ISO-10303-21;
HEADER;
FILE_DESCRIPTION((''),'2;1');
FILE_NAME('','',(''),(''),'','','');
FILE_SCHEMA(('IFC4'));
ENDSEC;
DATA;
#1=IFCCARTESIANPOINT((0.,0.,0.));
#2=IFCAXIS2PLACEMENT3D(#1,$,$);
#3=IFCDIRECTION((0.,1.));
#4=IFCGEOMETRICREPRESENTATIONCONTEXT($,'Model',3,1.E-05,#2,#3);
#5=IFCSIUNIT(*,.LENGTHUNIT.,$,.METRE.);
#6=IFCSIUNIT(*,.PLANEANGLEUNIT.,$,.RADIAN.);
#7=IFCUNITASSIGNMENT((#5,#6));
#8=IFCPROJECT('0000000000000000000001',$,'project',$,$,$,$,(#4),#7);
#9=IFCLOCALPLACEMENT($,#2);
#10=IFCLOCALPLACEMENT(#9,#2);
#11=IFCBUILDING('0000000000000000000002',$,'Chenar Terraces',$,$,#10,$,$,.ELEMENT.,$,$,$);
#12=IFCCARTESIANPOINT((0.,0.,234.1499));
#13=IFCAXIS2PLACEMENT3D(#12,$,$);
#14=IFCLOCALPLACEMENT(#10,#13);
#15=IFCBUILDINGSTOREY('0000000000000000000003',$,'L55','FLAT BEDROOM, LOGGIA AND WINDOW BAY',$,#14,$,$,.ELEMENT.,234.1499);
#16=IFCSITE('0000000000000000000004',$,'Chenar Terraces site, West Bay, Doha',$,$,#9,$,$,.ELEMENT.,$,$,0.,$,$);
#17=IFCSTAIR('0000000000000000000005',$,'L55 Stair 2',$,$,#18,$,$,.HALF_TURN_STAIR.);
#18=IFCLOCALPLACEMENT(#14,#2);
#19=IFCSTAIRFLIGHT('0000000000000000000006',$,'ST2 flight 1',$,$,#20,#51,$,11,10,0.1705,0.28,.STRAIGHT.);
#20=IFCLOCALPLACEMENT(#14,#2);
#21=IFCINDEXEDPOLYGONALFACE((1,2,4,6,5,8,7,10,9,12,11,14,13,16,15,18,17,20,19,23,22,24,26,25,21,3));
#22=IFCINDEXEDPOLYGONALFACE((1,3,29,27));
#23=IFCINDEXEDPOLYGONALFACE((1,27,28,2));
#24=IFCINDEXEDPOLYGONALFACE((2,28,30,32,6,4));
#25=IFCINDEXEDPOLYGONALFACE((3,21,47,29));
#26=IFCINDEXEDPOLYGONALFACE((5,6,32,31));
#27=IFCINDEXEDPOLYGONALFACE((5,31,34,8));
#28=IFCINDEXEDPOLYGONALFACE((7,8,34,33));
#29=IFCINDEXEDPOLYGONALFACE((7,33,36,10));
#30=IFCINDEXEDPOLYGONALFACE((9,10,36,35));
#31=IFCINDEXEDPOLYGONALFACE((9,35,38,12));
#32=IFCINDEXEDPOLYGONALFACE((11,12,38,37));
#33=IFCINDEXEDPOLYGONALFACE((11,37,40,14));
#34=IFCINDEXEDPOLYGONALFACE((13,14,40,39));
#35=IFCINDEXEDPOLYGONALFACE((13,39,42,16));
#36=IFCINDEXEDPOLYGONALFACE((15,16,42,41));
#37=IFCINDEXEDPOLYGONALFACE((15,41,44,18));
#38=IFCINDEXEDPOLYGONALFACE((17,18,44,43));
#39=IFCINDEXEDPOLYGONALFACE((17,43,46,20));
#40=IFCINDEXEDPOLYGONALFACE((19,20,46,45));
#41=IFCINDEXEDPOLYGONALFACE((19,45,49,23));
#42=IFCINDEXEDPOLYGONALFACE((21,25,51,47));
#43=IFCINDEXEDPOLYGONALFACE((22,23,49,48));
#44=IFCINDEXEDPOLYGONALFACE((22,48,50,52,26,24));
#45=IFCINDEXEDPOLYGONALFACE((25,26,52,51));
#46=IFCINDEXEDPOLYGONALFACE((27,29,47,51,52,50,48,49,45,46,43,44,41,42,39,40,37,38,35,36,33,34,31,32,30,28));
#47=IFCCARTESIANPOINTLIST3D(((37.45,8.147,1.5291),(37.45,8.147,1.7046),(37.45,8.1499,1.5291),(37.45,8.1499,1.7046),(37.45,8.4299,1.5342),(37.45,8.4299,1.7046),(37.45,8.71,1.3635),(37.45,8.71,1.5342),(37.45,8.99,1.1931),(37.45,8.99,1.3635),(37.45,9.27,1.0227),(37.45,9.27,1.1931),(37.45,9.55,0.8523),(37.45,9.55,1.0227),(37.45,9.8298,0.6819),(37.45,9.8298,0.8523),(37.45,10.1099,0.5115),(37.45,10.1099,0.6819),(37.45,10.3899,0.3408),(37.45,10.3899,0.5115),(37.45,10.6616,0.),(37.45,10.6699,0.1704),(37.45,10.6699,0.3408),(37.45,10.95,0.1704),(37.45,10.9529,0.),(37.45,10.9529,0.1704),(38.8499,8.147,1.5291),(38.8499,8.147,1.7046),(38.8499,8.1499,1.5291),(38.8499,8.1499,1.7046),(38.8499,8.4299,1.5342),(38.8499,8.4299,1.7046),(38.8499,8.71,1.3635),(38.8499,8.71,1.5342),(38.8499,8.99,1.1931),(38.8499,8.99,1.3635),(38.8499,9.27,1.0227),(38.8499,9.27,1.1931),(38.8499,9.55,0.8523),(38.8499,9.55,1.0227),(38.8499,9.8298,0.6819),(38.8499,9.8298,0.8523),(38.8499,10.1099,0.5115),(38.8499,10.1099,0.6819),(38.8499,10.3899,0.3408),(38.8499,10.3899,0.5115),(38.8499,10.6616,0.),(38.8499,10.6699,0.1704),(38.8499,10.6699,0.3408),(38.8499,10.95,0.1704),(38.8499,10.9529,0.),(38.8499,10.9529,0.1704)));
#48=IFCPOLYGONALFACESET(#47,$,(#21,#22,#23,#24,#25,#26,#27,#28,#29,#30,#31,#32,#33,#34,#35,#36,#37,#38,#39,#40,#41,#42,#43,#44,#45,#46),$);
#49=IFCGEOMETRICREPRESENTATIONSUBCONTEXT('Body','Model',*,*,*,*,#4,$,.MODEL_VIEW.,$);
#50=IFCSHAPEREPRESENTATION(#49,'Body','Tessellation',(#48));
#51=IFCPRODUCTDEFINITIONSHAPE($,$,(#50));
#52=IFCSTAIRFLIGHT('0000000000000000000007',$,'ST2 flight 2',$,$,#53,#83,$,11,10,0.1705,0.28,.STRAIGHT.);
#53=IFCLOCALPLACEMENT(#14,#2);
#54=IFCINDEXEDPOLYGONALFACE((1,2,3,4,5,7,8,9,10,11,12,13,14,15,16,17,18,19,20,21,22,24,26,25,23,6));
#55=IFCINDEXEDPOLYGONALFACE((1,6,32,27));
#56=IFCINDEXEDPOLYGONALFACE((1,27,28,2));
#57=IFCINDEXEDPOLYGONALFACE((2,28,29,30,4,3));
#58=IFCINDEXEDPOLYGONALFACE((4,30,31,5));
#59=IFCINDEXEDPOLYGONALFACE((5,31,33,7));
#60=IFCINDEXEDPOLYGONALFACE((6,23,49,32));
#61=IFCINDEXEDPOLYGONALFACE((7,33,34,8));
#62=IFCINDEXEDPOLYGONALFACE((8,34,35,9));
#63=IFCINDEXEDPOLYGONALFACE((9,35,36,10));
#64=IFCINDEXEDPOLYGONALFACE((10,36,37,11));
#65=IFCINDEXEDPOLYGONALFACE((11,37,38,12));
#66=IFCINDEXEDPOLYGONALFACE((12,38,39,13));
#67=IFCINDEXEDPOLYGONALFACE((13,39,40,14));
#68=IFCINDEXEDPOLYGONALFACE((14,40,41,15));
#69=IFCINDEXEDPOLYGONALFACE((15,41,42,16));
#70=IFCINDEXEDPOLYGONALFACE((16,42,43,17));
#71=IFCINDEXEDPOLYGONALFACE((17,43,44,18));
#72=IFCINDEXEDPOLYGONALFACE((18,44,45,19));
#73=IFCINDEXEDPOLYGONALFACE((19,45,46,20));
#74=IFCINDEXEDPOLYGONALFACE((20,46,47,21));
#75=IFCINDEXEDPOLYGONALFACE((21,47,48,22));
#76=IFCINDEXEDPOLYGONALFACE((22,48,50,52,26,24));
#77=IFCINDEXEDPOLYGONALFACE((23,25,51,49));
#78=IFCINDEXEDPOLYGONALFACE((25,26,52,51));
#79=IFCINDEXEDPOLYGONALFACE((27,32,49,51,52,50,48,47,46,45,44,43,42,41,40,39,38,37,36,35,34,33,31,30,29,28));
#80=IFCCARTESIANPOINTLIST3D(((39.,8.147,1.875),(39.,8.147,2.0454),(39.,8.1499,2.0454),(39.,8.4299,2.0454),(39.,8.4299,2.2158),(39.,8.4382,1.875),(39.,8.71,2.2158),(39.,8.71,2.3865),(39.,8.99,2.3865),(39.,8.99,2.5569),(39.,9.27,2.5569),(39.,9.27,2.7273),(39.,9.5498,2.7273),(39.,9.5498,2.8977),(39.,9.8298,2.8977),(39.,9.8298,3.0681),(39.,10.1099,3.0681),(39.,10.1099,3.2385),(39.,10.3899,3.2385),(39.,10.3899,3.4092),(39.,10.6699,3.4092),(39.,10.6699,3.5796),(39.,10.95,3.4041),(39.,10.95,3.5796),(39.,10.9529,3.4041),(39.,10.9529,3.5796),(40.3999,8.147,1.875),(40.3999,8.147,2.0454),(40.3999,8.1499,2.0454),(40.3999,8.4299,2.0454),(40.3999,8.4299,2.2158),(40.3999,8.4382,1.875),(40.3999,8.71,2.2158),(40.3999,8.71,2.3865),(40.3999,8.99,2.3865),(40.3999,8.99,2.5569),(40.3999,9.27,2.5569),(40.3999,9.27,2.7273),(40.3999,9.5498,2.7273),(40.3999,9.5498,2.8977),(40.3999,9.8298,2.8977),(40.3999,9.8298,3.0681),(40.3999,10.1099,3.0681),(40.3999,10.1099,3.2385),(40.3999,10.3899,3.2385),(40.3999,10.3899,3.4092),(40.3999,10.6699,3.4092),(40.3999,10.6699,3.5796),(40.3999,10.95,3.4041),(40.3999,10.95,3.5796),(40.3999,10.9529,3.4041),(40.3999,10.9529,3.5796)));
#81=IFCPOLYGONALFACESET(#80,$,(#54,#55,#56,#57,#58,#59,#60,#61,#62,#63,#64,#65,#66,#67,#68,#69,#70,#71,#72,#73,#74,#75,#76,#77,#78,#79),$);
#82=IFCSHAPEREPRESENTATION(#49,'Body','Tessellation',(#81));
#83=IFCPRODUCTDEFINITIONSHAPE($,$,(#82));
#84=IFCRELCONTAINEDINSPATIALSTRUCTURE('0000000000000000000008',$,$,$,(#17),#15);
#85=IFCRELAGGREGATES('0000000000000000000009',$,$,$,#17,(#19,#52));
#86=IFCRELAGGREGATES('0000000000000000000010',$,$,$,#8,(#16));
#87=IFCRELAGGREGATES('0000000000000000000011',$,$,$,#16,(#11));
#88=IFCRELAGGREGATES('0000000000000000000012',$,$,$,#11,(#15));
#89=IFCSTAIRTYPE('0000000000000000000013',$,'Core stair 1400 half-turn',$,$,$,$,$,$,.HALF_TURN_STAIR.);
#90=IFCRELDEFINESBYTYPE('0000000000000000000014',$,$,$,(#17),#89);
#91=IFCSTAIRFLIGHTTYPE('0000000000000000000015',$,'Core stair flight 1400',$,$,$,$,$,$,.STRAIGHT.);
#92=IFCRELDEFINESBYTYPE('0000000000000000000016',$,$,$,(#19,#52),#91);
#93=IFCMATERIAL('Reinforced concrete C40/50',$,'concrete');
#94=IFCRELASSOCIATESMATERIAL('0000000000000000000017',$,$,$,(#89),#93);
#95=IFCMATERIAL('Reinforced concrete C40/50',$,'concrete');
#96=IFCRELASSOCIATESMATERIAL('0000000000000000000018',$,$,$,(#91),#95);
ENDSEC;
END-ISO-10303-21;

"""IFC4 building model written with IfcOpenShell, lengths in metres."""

from ifc_helpers import new_model, si_unit, direction, frame, origin, place, context, subcontext, project, spatial, polyline, outline, extrude, material, type_object, element, aggregate, save


model = new_model("IFC4")

# Units and contexts
model_context = context("Model", 3, precision=1e-05, world=origin(), true_north=direction((0.0, 1.0)))
body_context = subcontext(model_context, "Body", "Model", "MODEL_VIEW")
ifc_project = project(units=[si_unit("LENGTHUNIT", "METRE"), si_unit("PLANEANGLEUNIT", "RADIAN")], contexts=[model_context])

# Site, building, storey
site_placement = place(None, origin())
site = spatial("IfcSite", under=ifc_project, at=site_placement, Name="Chenar Terraces site, West Bay, Doha", CompositionType="ELEMENT", RefElevation=0.0)
building_placement = place(site_placement, origin())
building = spatial("IfcBuilding", under=site, at=building_placement, Name="Chenar Terraces", CompositionType="ELEMENT")
storey_placement = place(building_placement, frame((0.0, 0.0, 234.1499)))
storey = spatial("IfcBuildingStorey", under=building, at=storey_placement, Name="L55", Description="FLAT BEDROOM, LOGGIA AND WINDOW BAY", CompositionType="ELEMENT", Elevation=234.1499)

# Stair, stair flights
ifc_material_1 = material(Name="Reinforced concrete C40/50", Category="concrete")
stair_type = type_object("IfcStairType", Name="Core stair 1400 half-turn", PredefinedType="HALF_TURN_STAIR", material=ifc_material_1)
stair_placement = place(storey_placement, origin())
stair = element("IfcStair", 1, at=stair_placement, inside=storey, type_object=stair_type, Name="L55 Stair 2", PredefinedType="HALF_TURN_STAIR")
ifc_material_2 = material(Name="Reinforced concrete C40/50", Category="concrete")
stair_flight_type = type_object("IfcStairFlightType", Name="Core stair flight 1400", PredefinedType="STRAIGHT", material=ifc_material_2)
stair_flight_1_placement = place(storey_placement, frame((38.1499, 10.95, 0.0), z_axis=(0.0, 0.0, 1.0), x_axis=(0.0, -1.0, 0.0)))
stair_flight_1 = element("IfcStairFlight", 2, at=stair_flight_1_placement, type_object=stair_flight_type, Name="ST2 flight 1", NumberOfRisers=11, NumberOfTreads=10, PredefinedType="STRAIGHT", RiserHeight=0.1705, TreadLength=0.28, context=body_context, shape_type="SweptSolid", body=[
    extrude(outline(polyline([(-0.0029, 0.0), (-0.0029, 0.1704), (0.0, 0.1704), (0.28, 0.1704), (0.28, 0.3408), (0.5601, 0.3408), (0.5601, 0.5115), (0.8401, 0.5115), (0.8401, 0.6819), (1.1201, 0.6819), (1.1201, 0.8523), (1.3999, 0.8523), (1.3999, 1.0227), (1.6799, 1.0227), (1.6799, 1.1931), (1.96, 1.1931), (1.96, 1.3635), (2.24, 1.3635), (2.24, 1.5342), (2.52, 1.5342), (2.52, 1.7046), (2.8, 1.7046), (2.803, 1.7046), (2.803, 1.5291), (2.8, 1.5291), (0.2883, 0.0), (-0.0029, 0.0)])), frame((0.0, 0.7, 0.0), z_axis=(0.0, -1.0, 0.0), x_axis=(1.0, 0.0, 0.0)), (0.0, 0.0, 1.0), 1.3999),
])
stair_flight_2_placement = place(storey_placement, frame((39.7, 8.1499, 1.875), z_axis=(0.0, 0.0, 1.0), x_axis=(0.0, 1.0, 0.0)))
stair_flight_2 = element("IfcStairFlight", 3, at=stair_flight_2_placement, type_object=stair_flight_type, Name="ST2 flight 2", NumberOfRisers=11, NumberOfTreads=10, PredefinedType="STRAIGHT", RiserHeight=0.1705, TreadLength=0.28, context=body_context, shape_type="SweptSolid", body=[
    extrude(outline(polyline([(-0.0029, 0.0), (-0.0029, 0.1704), (0.0, 0.1704), (0.28, 0.1704), (0.28, 0.3408), (0.5601, 0.3408), (0.5601, 0.5115), (0.8401, 0.5115), (0.8401, 0.6819), (1.1201, 0.6819), (1.1201, 0.8523), (1.3999, 0.8523), (1.3999, 1.0227), (1.6799, 1.0227), (1.6799, 1.1931), (1.96, 1.1931), (1.96, 1.3635), (2.24, 1.3635), (2.24, 1.5342), (2.52, 1.5342), (2.52, 1.7046), (2.8, 1.7046), (2.803, 1.7046), (2.803, 1.5291), (2.8, 1.5291), (0.2883, 0.0), (-0.0029, 0.0)])), frame((0.0, 0.7, 0.0), z_axis=(0.0, -1.0, 0.0), x_axis=(1.0, 0.0, 0.0)), (0.0, 0.0, 1.0), 1.3999),
])
aggregate(stair, [stair_flight_1, stair_flight_2])

save(model, "model.ifc")
